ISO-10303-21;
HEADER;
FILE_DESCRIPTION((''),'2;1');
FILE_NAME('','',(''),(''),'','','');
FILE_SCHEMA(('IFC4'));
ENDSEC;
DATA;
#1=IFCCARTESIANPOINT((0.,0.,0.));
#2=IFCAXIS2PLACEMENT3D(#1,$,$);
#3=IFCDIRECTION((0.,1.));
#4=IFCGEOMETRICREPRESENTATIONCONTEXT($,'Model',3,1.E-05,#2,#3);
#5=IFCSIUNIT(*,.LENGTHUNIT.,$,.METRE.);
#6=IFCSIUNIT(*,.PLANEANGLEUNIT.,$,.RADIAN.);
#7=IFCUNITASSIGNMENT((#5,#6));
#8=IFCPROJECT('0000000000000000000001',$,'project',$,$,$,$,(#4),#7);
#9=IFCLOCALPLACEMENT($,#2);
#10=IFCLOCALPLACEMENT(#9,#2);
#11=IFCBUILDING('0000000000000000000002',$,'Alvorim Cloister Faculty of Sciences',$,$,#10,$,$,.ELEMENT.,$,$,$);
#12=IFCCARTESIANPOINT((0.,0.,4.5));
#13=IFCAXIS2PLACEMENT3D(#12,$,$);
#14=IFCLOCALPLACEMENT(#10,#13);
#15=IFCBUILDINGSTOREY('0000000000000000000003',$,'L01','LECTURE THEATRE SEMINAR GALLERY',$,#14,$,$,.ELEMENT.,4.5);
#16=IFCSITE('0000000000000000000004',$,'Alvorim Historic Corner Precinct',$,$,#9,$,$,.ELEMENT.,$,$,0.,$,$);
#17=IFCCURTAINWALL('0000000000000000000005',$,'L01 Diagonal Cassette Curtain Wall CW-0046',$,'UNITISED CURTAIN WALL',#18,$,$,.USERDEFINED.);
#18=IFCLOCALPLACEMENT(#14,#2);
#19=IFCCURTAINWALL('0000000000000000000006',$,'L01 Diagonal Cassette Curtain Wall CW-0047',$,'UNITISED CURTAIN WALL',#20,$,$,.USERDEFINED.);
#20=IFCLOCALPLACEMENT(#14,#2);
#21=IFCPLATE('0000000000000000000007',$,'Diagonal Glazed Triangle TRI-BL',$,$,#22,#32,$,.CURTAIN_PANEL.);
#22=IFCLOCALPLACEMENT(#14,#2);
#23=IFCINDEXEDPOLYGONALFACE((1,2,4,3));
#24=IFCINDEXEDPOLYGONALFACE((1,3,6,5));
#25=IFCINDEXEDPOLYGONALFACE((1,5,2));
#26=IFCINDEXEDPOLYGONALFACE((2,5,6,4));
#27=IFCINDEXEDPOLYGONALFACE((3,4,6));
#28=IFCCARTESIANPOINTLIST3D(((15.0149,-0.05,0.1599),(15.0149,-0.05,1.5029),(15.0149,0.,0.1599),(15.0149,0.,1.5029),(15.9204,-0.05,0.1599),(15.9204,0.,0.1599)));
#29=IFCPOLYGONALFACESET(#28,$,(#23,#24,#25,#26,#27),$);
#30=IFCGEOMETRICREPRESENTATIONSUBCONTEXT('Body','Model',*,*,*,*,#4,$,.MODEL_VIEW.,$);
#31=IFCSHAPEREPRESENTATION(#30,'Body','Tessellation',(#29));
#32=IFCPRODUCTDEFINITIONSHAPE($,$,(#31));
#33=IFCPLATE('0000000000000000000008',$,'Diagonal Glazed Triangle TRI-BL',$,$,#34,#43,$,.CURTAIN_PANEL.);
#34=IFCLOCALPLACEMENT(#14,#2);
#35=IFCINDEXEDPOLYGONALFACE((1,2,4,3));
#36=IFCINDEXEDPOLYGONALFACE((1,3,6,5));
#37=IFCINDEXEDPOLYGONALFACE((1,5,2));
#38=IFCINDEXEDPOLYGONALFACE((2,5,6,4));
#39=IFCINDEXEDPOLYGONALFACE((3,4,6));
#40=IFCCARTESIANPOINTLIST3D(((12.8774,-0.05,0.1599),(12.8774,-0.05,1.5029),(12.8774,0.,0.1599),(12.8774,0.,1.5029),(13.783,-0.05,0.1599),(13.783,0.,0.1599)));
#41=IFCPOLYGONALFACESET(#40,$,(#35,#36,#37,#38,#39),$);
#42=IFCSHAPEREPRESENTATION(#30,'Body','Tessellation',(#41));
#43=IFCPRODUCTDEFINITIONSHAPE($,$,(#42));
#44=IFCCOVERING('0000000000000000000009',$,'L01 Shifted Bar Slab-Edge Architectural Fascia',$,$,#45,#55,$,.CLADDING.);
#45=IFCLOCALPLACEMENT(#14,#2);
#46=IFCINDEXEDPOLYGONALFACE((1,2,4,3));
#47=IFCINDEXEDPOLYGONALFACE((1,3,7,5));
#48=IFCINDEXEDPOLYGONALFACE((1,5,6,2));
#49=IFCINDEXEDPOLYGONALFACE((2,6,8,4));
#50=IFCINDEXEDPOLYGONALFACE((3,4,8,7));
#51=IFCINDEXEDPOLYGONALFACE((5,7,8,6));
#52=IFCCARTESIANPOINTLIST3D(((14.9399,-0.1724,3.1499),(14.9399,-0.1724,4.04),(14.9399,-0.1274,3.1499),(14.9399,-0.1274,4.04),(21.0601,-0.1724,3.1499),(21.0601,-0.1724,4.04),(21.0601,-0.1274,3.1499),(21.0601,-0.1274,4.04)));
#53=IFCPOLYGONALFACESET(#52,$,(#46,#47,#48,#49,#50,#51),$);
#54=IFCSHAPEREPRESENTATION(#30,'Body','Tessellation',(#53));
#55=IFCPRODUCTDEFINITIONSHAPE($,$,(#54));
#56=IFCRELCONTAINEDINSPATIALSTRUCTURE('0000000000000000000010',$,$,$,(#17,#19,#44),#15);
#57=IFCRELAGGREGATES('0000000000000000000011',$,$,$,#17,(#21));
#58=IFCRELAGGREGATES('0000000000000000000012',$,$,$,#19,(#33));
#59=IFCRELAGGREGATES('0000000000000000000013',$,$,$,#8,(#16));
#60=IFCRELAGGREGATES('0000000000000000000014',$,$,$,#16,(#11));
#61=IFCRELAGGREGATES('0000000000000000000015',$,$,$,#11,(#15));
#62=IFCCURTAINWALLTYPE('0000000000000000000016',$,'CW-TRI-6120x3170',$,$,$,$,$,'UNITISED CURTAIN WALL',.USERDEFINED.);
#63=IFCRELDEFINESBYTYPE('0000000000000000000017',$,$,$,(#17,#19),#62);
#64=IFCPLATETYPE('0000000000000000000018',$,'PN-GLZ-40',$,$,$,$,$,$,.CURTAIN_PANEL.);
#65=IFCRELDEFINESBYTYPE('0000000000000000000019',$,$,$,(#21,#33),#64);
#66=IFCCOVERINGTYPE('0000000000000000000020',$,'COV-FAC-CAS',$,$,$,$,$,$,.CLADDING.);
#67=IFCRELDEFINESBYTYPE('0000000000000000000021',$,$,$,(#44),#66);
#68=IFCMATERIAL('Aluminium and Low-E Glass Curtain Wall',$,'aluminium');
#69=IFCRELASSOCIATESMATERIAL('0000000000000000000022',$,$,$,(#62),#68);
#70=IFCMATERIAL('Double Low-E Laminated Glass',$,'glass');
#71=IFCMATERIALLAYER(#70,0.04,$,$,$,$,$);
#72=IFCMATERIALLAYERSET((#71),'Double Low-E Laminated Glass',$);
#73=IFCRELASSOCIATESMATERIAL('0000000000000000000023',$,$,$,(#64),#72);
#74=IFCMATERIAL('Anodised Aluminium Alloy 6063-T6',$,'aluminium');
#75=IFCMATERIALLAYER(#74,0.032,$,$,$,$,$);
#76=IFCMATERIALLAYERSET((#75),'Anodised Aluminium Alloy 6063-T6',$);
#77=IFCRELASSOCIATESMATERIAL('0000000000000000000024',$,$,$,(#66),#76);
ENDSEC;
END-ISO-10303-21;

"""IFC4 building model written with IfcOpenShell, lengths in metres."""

from ifc_helpers import new_model, si_unit, direction, frame, origin, place, context, subcontext, project, spatial, polyline, outline, extrude, material, layer, layer_set, type_object, element, aggregate, save


model = new_model("IFC4")

# Units and contexts
model_context = context("Model", 3, precision=1e-05, world=origin(), true_north=direction((0.0, 1.0)))
body_context = subcontext(model_context, "Body", "Model", "MODEL_VIEW")
ifc_project = project(units=[si_unit("LENGTHUNIT", "METRE"), si_unit("PLANEANGLEUNIT", "RADIAN")], contexts=[model_context])

# Site, building, storey
site_placement = place(None, origin())
site = spatial("IfcSite", under=ifc_project, at=site_placement, Name="Alvorim Historic Corner Precinct", CompositionType="ELEMENT", RefElevation=0.0)
building_placement = place(site_placement, origin())
building = spatial("IfcBuilding", under=site, at=building_placement, Name="Alvorim Cloister Faculty of Sciences", CompositionType="ELEMENT")
storey_placement = place(building_placement, frame((0.0, 0.0, 4.5)))
storey = spatial("IfcBuildingStorey", under=building, at=storey_placement, Name="L01", Description="LECTURE THEATRE SEMINAR GALLERY", CompositionType="ELEMENT", Elevation=4.5)

# Curtain walls
ifc_material_1 = material(Name="Aluminium and Low-E Glass Curtain Wall", Category="aluminium")
curtain_wall_type = type_object("IfcCurtainWallType", Name="CW-TRI-6120x3170", ElementType="UNITISED CURTAIN WALL", PredefinedType="USERDEFINED", material=ifc_material_1)
curtain_wall_1_placement = place(storey_placement, origin())
curtain_wall_1 = element("IfcCurtainWall", 1, at=curtain_wall_1_placement, inside=storey, type_object=curtain_wall_type, Name="L01 Diagonal Cassette Curtain Wall CW-0046", ObjectType="UNITISED CURTAIN WALL", PredefinedType="USERDEFINED")
curtain_wall_2_placement = place(storey_placement, origin())
curtain_wall_2 = element("IfcCurtainWall", 2, at=curtain_wall_2_placement, inside=storey, type_object=curtain_wall_type, Name="L01 Diagonal Cassette Curtain Wall CW-0047", ObjectType="UNITISED CURTAIN WALL", PredefinedType="USERDEFINED")

# Plates
ifc_material_2 = material(Name="Double Low-E Laminated Glass", Category="glass")
ifc_layer_1 = layer(ifc_material_2, 0.04)
ifc_layer_set_1 = layer_set([ifc_layer_1], Name="Double Low-E Laminated Glass")
plate_type = type_object("IfcPlateType", Name="PN-GLZ-40", PredefinedType="CURTAIN_PANEL", material=ifc_layer_set_1)
plate_1_placement = place(storey_placement, frame((15.0149, -0.0249, 0.1599), z_axis=(0.0, 0.0, 1.0), x_axis=(1.0, 0.0, 0.0)))
plate_1 = element("IfcPlate", 3, at=plate_1_placement, type_object=plate_type, Name="Diagonal Glazed Triangle TRI-BL", PredefinedType="CURTAIN_PANEL", context=body_context, shape_type="SweptSolid", body=[
    extrude(outline(polyline([(0.0, 0.0), (0.9055, 0.0), (0.0, 1.343), (0.0, 0.0)])), frame((0.0, 0.0249, 0.0), z_axis=(0.0, -1.0, 0.0), x_axis=(1.0, 0.0, 0.0)), (0.0, 0.0, 1.0), 0.05),
])
aggregate(curtain_wall_1, [plate_1])
plate_2_placement = place(storey_placement, frame((12.8774, -0.0249, 0.1599), z_axis=(0.0, 0.0, 1.0), x_axis=(1.0, 0.0, 0.0)))
plate_2 = element("IfcPlate", 4, at=plate_2_placement, type_object=plate_type, Name="Diagonal Glazed Triangle TRI-BL", PredefinedType="CURTAIN_PANEL", context=body_context, shape_type="SweptSolid", body=[
    extrude(outline(polyline([(0.0, 0.0), (0.9055, 0.0), (0.0, 1.343), (0.0, 0.0)])), frame((0.0, 0.0249, 0.0), z_axis=(0.0, -1.0, 0.0), x_axis=(1.0, 0.0, 0.0)), (0.0, 0.0, 1.0), 0.05),
])
aggregate(curtain_wall_2, [plate_2])

# Covering
ifc_material_3 = material(Name="Anodised Aluminium Alloy 6063-T6", Category="aluminium")
ifc_layer_2 = layer(ifc_material_3, 0.032)
ifc_layer_set_2 = layer_set([ifc_layer_2], Name="Anodised Aluminium Alloy 6063-T6")
covering_type = type_object("IfcCoveringType", Name="COV-FAC-CAS", PredefinedType="CLADDING", material=ifc_layer_set_2)
covering_placement = place(storey_placement, frame((14.9399, -0.1499, 3.1499), z_axis=(0.0, 0.0, 1.0), x_axis=(1.0, 0.0, 0.0)))
element("IfcCovering", 5, at=covering_placement, inside=storey, type_object=covering_type, Name="L01 Shifted Bar Slab-Edge Architectural Fascia", PredefinedType="CLADDING", context=body_context, shape_type="SweptSolid", body=[
    extrude(outline(polyline([(0.0, 0.0), (6.1201, 0.0), (6.1201, 0.8901), (0.0, 0.8901), (0.0, 0.0)])), frame((0.0, 0.0225, 0.0), z_axis=(0.0, -1.0, 0.0), x_axis=(1.0, 0.0, 0.0)), (0.0, 0.0, 1.0), 0.0449),
])

save(model, "model.ifc")
